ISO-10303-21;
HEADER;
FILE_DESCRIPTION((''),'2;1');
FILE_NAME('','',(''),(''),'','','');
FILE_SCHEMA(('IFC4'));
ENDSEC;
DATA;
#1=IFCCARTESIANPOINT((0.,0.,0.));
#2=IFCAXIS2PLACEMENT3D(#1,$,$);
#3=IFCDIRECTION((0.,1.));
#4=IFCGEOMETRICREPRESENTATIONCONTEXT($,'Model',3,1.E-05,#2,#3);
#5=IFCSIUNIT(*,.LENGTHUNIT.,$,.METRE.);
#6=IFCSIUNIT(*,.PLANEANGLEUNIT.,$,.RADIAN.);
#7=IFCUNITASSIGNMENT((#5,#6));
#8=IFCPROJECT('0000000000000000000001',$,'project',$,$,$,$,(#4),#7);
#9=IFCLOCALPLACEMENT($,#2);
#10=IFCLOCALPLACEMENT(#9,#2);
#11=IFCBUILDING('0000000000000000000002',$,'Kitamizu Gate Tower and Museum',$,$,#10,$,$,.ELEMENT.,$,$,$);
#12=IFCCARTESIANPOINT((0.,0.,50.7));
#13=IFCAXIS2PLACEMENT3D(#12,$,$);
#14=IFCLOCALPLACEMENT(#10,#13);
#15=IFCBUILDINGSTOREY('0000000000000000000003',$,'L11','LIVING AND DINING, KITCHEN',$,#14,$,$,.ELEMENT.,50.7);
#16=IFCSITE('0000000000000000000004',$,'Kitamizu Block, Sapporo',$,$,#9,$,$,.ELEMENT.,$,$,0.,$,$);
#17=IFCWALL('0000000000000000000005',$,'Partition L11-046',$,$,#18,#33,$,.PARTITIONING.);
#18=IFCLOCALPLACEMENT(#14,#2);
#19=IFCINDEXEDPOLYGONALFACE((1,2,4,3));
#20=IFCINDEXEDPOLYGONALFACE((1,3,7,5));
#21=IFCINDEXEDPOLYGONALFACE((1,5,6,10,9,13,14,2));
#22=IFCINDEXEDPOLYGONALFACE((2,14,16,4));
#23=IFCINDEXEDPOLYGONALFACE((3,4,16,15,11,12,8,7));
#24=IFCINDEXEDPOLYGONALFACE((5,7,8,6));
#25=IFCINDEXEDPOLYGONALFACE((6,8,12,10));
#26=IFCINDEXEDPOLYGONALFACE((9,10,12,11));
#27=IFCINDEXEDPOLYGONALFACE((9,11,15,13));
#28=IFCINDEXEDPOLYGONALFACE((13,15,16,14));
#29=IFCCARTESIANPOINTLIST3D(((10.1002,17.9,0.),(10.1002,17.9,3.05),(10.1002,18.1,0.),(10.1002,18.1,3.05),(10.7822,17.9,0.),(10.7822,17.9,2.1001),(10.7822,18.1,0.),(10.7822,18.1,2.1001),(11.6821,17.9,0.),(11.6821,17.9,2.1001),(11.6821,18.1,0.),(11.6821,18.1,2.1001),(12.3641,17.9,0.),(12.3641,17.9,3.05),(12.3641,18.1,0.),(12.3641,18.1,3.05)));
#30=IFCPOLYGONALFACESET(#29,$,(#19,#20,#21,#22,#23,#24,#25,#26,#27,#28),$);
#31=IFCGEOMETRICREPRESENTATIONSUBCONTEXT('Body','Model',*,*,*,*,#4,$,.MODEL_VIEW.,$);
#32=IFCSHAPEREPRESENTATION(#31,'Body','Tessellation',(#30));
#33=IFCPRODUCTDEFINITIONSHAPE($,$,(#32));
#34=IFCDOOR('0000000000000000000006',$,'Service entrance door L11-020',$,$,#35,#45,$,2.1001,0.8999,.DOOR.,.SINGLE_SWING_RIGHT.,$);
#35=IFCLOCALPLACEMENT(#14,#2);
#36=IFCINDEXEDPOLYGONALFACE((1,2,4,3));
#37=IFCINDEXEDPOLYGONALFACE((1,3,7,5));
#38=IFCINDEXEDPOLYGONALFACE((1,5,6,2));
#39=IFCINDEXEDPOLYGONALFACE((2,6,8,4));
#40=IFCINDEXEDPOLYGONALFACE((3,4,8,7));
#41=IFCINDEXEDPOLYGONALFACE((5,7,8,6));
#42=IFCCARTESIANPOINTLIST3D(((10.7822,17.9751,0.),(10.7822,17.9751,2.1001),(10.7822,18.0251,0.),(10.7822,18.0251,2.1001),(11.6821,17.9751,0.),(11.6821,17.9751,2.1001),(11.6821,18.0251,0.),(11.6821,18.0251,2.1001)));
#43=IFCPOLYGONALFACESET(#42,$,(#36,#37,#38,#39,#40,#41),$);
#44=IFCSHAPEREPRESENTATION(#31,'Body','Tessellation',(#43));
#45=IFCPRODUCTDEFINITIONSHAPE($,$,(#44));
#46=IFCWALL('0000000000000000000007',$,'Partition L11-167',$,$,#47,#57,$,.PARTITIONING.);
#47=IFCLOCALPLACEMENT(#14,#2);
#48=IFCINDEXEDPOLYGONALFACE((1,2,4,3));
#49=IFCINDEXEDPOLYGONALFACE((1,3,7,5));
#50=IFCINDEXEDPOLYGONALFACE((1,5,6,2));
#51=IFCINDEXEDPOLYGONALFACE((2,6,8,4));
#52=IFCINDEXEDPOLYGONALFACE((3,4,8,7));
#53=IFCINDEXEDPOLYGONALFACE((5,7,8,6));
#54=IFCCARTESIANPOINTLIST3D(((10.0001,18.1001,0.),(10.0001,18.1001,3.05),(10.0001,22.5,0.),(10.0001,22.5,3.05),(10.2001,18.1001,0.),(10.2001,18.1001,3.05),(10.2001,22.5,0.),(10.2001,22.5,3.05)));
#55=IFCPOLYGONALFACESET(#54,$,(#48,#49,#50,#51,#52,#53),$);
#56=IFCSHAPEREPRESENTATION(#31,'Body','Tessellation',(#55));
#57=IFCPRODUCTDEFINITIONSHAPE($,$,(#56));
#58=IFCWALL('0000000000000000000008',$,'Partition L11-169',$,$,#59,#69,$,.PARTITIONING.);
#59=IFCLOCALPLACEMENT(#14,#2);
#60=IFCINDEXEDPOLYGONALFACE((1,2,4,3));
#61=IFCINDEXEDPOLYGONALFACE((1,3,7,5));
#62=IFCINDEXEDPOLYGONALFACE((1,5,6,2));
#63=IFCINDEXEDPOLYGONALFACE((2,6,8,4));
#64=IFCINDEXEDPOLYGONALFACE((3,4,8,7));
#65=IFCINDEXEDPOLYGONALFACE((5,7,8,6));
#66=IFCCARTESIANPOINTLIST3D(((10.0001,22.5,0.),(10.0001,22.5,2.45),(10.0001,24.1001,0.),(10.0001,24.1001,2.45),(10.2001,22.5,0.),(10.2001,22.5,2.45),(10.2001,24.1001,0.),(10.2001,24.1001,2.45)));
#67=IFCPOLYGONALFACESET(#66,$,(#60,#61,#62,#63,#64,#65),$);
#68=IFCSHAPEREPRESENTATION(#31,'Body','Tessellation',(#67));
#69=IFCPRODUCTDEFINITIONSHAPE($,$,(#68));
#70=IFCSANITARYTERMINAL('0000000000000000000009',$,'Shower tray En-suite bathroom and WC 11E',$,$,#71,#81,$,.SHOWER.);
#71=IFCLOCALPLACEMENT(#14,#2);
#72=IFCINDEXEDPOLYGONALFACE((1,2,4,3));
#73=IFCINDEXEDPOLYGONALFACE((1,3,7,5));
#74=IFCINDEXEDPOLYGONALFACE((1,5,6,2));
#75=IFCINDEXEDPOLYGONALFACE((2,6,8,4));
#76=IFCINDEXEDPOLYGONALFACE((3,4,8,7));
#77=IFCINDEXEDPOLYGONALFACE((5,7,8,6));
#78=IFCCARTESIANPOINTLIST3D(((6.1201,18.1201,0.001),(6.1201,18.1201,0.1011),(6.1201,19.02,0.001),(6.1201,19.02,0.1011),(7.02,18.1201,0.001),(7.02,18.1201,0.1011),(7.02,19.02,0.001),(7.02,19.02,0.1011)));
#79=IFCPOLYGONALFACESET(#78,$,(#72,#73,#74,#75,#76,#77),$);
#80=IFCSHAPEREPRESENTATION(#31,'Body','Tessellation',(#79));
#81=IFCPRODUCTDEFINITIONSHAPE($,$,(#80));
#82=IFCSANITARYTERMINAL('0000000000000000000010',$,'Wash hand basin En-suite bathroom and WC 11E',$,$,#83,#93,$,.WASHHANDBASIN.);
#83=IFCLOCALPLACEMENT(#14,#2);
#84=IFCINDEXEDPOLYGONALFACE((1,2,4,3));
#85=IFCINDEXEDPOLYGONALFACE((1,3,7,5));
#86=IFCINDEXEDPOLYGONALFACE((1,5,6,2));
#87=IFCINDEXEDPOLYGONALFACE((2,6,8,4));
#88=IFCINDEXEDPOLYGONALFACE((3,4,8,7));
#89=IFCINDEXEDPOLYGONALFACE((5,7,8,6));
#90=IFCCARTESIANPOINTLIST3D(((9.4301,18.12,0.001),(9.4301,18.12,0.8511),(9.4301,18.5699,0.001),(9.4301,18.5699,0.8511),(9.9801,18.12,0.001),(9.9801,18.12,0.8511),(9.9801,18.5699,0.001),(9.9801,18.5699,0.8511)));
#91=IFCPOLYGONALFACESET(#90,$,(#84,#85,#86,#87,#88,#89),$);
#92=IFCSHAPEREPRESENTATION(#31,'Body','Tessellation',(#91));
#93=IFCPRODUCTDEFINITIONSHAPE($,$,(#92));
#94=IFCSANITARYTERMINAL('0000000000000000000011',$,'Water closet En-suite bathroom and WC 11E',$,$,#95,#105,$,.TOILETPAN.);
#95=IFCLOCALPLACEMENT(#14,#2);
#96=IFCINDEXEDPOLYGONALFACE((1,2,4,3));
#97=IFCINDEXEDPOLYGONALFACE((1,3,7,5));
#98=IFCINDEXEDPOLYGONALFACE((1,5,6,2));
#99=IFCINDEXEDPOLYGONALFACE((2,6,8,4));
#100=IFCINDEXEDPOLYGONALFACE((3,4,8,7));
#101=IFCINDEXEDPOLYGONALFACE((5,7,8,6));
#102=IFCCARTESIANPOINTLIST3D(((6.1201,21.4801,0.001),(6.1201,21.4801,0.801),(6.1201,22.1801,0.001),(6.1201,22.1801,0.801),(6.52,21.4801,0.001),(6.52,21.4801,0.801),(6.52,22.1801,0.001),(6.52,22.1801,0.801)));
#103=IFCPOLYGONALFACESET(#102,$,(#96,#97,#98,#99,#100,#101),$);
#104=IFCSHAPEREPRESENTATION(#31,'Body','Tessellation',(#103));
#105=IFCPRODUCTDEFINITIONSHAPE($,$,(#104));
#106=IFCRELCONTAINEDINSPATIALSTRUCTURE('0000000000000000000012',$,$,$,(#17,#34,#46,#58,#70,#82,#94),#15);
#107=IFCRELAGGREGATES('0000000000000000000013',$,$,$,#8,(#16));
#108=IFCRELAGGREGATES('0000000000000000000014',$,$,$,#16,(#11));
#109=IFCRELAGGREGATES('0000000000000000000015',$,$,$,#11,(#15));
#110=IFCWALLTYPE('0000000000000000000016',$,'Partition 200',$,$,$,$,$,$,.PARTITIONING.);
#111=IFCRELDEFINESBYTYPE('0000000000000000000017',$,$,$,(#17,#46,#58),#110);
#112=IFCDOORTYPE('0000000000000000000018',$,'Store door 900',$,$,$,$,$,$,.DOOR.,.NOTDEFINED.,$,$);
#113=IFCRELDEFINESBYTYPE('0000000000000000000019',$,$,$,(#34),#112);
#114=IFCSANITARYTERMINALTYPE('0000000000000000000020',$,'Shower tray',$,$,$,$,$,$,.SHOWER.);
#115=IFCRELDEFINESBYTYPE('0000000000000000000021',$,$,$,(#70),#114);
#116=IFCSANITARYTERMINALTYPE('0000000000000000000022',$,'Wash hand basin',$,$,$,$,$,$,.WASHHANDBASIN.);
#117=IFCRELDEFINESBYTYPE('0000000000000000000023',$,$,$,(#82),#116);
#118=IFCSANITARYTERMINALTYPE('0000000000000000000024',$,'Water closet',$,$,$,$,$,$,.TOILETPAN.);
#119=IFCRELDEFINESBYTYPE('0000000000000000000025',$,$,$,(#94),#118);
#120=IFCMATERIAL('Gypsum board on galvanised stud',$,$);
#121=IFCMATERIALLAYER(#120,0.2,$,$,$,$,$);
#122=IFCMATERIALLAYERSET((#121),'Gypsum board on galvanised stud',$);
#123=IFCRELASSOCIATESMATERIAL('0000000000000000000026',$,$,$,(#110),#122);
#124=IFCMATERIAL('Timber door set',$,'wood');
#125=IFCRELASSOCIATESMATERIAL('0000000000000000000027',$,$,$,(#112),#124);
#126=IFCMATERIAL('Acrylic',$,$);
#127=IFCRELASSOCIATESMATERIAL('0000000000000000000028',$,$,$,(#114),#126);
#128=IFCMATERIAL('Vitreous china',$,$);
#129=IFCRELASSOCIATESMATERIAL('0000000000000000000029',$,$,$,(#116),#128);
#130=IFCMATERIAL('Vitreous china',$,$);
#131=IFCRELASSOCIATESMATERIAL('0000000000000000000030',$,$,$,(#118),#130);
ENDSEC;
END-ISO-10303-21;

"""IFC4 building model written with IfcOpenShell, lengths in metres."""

from ifc_helpers import new_model, si_unit, direction, frame, frame_2d, origin, origin_2d, place, context, subcontext, project, spatial, rectangle, extrude, material, layer, layer_set, type_object, element, fill, save


model = new_model("IFC4")

# Units and contexts
model_context = context("Model", 3, precision=1e-05, world=origin(), true_north=direction((0.0, 1.0)))
body_context = subcontext(model_context, "Body", "Model", "MODEL_VIEW")
ifc_project = project(units=[si_unit("LENGTHUNIT", "METRE"), si_unit("PLANEANGLEUNIT", "RADIAN")], contexts=[model_context])

# Site, building, storey
site_placement = place(None, origin())
site = spatial("IfcSite", under=ifc_project, at=site_placement, Name="Kitamizu Block, Sapporo", CompositionType="ELEMENT", RefElevation=0.0)
building_placement = place(site_placement, origin())
building = spatial("IfcBuilding", under=site, at=building_placement, Name="Kitamizu Gate Tower and Museum", CompositionType="ELEMENT")
storey_placement = place(building_placement, frame((0.0, 0.0, 50.7)))
storey = spatial("IfcBuildingStorey", under=building, at=storey_placement, Name="L11", Description="LIVING AND DINING, KITCHEN", CompositionType="ELEMENT", Elevation=50.7)

# Shared definitions
ifc_material_1 = material(Name="Gypsum board on galvanised stud")
ifc_layer_1 = layer(ifc_material_1, 0.2)
ifc_layer_set_1 = layer_set([ifc_layer_1], Name="Gypsum board on galvanised stud")
wall_type_1 = type_object("IfcWallType", Name="Partition 200", PredefinedType="PARTITIONING", material=ifc_layer_set_1)

# Wall, opening, door
wall_1_placement = place(storey_placement, frame((12.364, 18.0, 0.0), z_axis=(0.0, 0.0, 1.0), x_axis=(-1.0, 0.0, 0.0)))
wall_1 = element("IfcWall", 1, at=wall_1_placement, inside=storey, type_object=wall_type_1, Name="Partition L11-046", PredefinedType="PARTITIONING", context=body_context, shape_type="SweptSolid", body=[
    extrude(rectangle(XDim=2.2639, YDim=0.2, at=frame_2d((1.1318, 0.0))), origin(), (0.0, 0.0, 1.0), 3.05),
])
opening_1_placement = place(wall_1_placement, frame((0.6819, 0.0, 0.0)))
opening_1 = element("IfcOpeningElement", 2, at=opening_1_placement, cuts=wall_1, PredefinedType="OPENING", context=body_context, shape_type="SweptSolid", body=[
    extrude(rectangle(XDim=0.8999, YDim=2.1001, at=frame_2d((0.45, 1.05))), frame((0.0, 0.1099, 0.0), z_axis=(0.0, -1.0, 0.0), x_axis=(1.0, 0.0, 0.0)), (0.0, 0.0, 1.0), 0.22),
])
ifc_material_2 = material(Name="Timber door set", Category="wood")
door_type_1 = type_object("IfcDoorType", Name="Store door 900", OperationType="NOTDEFINED", PredefinedType="DOOR", material=ifc_material_2)
door_1_placement = place(opening_1_placement, origin())
door_1 = element("IfcDoor", 3, at=door_1_placement, inside=storey, type_object=door_type_1, Name="Service entrance door L11-020", OperationType="SINGLE_SWING_RIGHT", OverallHeight=2.1001, OverallWidth=0.8999, PredefinedType="DOOR", context=body_context, shape_type="SweptSolid", body=[
    extrude(rectangle(XDim=0.8999, YDim=2.1001, at=frame_2d((0.45, 1.05))), frame((0.0, 0.0249, 0.0), z_axis=(0.0, -1.0, 0.0), x_axis=(1.0, 0.0, 0.0)), (0.0, 0.0, 1.0), 0.05),
])
fill(opening_1, door_1)

# Walls
wall_2_placement = place(storey_placement, frame((10.1001, 18.1001, 0.0), z_axis=(0.0, 0.0, 1.0), x_axis=(0.0, 1.0, 0.0)))
element("IfcWall", 4, at=wall_2_placement, inside=storey, type_object=wall_type_1, Name="Partition L11-167", PredefinedType="PARTITIONING", context=body_context, shape_type="SweptSolid", body=[
    extrude(rectangle(XDim=4.3999, YDim=0.2, at=frame_2d((2.2, 0.0))), origin(), (0.0, 0.0, 1.0), 3.05),
])
wall_3_placement = place(storey_placement, frame((10.1001, 22.5, 0.0), z_axis=(0.0, 0.0, 1.0), x_axis=(0.0, 1.0, 0.0)))
element("IfcWall", 5, at=wall_3_placement, inside=storey, type_object=wall_type_1, Name="Partition L11-169", PredefinedType="PARTITIONING", context=body_context, shape_type="SweptSolid", body=[
    extrude(rectangle(XDim=1.6001, YDim=0.2, at=frame_2d((0.8, 0.0))), origin(), (0.0, 0.0, 1.0), 2.45),
])

# Sanitary terminals
ifc_material_3 = material(Name="Acrylic")
sanitary_terminal_type_1 = type_object("IfcSanitaryTerminalType", Name="Shower tray", PredefinedType="SHOWER", material=ifc_material_3)
sanitary_terminal_1_placement = place(storey_placement, frame((6.5701, 18.5701, 0.001), z_axis=(0.0, 0.0, 1.0), x_axis=(1.0, 0.0, 0.0)))
element("IfcSanitaryTerminal", 6, at=sanitary_terminal_1_placement, inside=storey, type_object=sanitary_terminal_type_1, Name="Shower tray En-suite bathroom and WC 11E", PredefinedType="SHOWER", context=body_context, shape_type="SweptSolid", body=[
    extrude(rectangle(XDim=0.8999, YDim=0.8999, at=origin_2d()), origin(), (0.0, 0.0, 1.0), 0.1001),
])
ifc_material_4 = material(Name="Vitreous china")
sanitary_terminal_type_2 = type_object("IfcSanitaryTerminalType", Name="Wash hand basin", PredefinedType="WASHHANDBASIN", material=ifc_material_4)
sanitary_terminal_2_placement = place(storey_placement, frame((9.7051, 18.345, 0.001), z_axis=(0.0, 0.0, 1.0), x_axis=(1.0, 0.0, 0.0)))
element("IfcSanitaryTerminal", 7, at=sanitary_terminal_2_placement, inside=storey, type_object=sanitary_terminal_type_2, Name="Wash hand basin En-suite bathroom and WC 11E", PredefinedType="WASHHANDBASIN", context=body_context, shape_type="SweptSolid", body=[
    extrude(rectangle(XDim=0.55, YDim=0.45, at=origin_2d()), origin(), (0.0, 0.0, 1.0), 0.8501),
])
ifc_material_5 = material(Name="Vitreous china")
sanitary_terminal_type_3 = type_object("IfcSanitaryTerminalType", Name="Water closet", PredefinedType="TOILETPAN", material=ifc_material_5)
sanitary_terminal_3_placement = place(storey_placement, frame((6.3201, 21.8301, 0.001), z_axis=(0.0, 0.0, 1.0), x_axis=(1.0, 0.0, 0.0)))
element("IfcSanitaryTerminal", 8, at=sanitary_terminal_3_placement, inside=storey, type_object=sanitary_terminal_type_3, Name="Water closet En-suite bathroom and WC 11E", PredefinedType="TOILETPAN", context=body_context, shape_type="SweptSolid", body=[
    extrude(rectangle(XDim=0.3999, YDim=0.7, at=origin_2d()), origin(), (0.0, 0.0, 1.0), 0.8),
])

save(model, "model.ifc")
